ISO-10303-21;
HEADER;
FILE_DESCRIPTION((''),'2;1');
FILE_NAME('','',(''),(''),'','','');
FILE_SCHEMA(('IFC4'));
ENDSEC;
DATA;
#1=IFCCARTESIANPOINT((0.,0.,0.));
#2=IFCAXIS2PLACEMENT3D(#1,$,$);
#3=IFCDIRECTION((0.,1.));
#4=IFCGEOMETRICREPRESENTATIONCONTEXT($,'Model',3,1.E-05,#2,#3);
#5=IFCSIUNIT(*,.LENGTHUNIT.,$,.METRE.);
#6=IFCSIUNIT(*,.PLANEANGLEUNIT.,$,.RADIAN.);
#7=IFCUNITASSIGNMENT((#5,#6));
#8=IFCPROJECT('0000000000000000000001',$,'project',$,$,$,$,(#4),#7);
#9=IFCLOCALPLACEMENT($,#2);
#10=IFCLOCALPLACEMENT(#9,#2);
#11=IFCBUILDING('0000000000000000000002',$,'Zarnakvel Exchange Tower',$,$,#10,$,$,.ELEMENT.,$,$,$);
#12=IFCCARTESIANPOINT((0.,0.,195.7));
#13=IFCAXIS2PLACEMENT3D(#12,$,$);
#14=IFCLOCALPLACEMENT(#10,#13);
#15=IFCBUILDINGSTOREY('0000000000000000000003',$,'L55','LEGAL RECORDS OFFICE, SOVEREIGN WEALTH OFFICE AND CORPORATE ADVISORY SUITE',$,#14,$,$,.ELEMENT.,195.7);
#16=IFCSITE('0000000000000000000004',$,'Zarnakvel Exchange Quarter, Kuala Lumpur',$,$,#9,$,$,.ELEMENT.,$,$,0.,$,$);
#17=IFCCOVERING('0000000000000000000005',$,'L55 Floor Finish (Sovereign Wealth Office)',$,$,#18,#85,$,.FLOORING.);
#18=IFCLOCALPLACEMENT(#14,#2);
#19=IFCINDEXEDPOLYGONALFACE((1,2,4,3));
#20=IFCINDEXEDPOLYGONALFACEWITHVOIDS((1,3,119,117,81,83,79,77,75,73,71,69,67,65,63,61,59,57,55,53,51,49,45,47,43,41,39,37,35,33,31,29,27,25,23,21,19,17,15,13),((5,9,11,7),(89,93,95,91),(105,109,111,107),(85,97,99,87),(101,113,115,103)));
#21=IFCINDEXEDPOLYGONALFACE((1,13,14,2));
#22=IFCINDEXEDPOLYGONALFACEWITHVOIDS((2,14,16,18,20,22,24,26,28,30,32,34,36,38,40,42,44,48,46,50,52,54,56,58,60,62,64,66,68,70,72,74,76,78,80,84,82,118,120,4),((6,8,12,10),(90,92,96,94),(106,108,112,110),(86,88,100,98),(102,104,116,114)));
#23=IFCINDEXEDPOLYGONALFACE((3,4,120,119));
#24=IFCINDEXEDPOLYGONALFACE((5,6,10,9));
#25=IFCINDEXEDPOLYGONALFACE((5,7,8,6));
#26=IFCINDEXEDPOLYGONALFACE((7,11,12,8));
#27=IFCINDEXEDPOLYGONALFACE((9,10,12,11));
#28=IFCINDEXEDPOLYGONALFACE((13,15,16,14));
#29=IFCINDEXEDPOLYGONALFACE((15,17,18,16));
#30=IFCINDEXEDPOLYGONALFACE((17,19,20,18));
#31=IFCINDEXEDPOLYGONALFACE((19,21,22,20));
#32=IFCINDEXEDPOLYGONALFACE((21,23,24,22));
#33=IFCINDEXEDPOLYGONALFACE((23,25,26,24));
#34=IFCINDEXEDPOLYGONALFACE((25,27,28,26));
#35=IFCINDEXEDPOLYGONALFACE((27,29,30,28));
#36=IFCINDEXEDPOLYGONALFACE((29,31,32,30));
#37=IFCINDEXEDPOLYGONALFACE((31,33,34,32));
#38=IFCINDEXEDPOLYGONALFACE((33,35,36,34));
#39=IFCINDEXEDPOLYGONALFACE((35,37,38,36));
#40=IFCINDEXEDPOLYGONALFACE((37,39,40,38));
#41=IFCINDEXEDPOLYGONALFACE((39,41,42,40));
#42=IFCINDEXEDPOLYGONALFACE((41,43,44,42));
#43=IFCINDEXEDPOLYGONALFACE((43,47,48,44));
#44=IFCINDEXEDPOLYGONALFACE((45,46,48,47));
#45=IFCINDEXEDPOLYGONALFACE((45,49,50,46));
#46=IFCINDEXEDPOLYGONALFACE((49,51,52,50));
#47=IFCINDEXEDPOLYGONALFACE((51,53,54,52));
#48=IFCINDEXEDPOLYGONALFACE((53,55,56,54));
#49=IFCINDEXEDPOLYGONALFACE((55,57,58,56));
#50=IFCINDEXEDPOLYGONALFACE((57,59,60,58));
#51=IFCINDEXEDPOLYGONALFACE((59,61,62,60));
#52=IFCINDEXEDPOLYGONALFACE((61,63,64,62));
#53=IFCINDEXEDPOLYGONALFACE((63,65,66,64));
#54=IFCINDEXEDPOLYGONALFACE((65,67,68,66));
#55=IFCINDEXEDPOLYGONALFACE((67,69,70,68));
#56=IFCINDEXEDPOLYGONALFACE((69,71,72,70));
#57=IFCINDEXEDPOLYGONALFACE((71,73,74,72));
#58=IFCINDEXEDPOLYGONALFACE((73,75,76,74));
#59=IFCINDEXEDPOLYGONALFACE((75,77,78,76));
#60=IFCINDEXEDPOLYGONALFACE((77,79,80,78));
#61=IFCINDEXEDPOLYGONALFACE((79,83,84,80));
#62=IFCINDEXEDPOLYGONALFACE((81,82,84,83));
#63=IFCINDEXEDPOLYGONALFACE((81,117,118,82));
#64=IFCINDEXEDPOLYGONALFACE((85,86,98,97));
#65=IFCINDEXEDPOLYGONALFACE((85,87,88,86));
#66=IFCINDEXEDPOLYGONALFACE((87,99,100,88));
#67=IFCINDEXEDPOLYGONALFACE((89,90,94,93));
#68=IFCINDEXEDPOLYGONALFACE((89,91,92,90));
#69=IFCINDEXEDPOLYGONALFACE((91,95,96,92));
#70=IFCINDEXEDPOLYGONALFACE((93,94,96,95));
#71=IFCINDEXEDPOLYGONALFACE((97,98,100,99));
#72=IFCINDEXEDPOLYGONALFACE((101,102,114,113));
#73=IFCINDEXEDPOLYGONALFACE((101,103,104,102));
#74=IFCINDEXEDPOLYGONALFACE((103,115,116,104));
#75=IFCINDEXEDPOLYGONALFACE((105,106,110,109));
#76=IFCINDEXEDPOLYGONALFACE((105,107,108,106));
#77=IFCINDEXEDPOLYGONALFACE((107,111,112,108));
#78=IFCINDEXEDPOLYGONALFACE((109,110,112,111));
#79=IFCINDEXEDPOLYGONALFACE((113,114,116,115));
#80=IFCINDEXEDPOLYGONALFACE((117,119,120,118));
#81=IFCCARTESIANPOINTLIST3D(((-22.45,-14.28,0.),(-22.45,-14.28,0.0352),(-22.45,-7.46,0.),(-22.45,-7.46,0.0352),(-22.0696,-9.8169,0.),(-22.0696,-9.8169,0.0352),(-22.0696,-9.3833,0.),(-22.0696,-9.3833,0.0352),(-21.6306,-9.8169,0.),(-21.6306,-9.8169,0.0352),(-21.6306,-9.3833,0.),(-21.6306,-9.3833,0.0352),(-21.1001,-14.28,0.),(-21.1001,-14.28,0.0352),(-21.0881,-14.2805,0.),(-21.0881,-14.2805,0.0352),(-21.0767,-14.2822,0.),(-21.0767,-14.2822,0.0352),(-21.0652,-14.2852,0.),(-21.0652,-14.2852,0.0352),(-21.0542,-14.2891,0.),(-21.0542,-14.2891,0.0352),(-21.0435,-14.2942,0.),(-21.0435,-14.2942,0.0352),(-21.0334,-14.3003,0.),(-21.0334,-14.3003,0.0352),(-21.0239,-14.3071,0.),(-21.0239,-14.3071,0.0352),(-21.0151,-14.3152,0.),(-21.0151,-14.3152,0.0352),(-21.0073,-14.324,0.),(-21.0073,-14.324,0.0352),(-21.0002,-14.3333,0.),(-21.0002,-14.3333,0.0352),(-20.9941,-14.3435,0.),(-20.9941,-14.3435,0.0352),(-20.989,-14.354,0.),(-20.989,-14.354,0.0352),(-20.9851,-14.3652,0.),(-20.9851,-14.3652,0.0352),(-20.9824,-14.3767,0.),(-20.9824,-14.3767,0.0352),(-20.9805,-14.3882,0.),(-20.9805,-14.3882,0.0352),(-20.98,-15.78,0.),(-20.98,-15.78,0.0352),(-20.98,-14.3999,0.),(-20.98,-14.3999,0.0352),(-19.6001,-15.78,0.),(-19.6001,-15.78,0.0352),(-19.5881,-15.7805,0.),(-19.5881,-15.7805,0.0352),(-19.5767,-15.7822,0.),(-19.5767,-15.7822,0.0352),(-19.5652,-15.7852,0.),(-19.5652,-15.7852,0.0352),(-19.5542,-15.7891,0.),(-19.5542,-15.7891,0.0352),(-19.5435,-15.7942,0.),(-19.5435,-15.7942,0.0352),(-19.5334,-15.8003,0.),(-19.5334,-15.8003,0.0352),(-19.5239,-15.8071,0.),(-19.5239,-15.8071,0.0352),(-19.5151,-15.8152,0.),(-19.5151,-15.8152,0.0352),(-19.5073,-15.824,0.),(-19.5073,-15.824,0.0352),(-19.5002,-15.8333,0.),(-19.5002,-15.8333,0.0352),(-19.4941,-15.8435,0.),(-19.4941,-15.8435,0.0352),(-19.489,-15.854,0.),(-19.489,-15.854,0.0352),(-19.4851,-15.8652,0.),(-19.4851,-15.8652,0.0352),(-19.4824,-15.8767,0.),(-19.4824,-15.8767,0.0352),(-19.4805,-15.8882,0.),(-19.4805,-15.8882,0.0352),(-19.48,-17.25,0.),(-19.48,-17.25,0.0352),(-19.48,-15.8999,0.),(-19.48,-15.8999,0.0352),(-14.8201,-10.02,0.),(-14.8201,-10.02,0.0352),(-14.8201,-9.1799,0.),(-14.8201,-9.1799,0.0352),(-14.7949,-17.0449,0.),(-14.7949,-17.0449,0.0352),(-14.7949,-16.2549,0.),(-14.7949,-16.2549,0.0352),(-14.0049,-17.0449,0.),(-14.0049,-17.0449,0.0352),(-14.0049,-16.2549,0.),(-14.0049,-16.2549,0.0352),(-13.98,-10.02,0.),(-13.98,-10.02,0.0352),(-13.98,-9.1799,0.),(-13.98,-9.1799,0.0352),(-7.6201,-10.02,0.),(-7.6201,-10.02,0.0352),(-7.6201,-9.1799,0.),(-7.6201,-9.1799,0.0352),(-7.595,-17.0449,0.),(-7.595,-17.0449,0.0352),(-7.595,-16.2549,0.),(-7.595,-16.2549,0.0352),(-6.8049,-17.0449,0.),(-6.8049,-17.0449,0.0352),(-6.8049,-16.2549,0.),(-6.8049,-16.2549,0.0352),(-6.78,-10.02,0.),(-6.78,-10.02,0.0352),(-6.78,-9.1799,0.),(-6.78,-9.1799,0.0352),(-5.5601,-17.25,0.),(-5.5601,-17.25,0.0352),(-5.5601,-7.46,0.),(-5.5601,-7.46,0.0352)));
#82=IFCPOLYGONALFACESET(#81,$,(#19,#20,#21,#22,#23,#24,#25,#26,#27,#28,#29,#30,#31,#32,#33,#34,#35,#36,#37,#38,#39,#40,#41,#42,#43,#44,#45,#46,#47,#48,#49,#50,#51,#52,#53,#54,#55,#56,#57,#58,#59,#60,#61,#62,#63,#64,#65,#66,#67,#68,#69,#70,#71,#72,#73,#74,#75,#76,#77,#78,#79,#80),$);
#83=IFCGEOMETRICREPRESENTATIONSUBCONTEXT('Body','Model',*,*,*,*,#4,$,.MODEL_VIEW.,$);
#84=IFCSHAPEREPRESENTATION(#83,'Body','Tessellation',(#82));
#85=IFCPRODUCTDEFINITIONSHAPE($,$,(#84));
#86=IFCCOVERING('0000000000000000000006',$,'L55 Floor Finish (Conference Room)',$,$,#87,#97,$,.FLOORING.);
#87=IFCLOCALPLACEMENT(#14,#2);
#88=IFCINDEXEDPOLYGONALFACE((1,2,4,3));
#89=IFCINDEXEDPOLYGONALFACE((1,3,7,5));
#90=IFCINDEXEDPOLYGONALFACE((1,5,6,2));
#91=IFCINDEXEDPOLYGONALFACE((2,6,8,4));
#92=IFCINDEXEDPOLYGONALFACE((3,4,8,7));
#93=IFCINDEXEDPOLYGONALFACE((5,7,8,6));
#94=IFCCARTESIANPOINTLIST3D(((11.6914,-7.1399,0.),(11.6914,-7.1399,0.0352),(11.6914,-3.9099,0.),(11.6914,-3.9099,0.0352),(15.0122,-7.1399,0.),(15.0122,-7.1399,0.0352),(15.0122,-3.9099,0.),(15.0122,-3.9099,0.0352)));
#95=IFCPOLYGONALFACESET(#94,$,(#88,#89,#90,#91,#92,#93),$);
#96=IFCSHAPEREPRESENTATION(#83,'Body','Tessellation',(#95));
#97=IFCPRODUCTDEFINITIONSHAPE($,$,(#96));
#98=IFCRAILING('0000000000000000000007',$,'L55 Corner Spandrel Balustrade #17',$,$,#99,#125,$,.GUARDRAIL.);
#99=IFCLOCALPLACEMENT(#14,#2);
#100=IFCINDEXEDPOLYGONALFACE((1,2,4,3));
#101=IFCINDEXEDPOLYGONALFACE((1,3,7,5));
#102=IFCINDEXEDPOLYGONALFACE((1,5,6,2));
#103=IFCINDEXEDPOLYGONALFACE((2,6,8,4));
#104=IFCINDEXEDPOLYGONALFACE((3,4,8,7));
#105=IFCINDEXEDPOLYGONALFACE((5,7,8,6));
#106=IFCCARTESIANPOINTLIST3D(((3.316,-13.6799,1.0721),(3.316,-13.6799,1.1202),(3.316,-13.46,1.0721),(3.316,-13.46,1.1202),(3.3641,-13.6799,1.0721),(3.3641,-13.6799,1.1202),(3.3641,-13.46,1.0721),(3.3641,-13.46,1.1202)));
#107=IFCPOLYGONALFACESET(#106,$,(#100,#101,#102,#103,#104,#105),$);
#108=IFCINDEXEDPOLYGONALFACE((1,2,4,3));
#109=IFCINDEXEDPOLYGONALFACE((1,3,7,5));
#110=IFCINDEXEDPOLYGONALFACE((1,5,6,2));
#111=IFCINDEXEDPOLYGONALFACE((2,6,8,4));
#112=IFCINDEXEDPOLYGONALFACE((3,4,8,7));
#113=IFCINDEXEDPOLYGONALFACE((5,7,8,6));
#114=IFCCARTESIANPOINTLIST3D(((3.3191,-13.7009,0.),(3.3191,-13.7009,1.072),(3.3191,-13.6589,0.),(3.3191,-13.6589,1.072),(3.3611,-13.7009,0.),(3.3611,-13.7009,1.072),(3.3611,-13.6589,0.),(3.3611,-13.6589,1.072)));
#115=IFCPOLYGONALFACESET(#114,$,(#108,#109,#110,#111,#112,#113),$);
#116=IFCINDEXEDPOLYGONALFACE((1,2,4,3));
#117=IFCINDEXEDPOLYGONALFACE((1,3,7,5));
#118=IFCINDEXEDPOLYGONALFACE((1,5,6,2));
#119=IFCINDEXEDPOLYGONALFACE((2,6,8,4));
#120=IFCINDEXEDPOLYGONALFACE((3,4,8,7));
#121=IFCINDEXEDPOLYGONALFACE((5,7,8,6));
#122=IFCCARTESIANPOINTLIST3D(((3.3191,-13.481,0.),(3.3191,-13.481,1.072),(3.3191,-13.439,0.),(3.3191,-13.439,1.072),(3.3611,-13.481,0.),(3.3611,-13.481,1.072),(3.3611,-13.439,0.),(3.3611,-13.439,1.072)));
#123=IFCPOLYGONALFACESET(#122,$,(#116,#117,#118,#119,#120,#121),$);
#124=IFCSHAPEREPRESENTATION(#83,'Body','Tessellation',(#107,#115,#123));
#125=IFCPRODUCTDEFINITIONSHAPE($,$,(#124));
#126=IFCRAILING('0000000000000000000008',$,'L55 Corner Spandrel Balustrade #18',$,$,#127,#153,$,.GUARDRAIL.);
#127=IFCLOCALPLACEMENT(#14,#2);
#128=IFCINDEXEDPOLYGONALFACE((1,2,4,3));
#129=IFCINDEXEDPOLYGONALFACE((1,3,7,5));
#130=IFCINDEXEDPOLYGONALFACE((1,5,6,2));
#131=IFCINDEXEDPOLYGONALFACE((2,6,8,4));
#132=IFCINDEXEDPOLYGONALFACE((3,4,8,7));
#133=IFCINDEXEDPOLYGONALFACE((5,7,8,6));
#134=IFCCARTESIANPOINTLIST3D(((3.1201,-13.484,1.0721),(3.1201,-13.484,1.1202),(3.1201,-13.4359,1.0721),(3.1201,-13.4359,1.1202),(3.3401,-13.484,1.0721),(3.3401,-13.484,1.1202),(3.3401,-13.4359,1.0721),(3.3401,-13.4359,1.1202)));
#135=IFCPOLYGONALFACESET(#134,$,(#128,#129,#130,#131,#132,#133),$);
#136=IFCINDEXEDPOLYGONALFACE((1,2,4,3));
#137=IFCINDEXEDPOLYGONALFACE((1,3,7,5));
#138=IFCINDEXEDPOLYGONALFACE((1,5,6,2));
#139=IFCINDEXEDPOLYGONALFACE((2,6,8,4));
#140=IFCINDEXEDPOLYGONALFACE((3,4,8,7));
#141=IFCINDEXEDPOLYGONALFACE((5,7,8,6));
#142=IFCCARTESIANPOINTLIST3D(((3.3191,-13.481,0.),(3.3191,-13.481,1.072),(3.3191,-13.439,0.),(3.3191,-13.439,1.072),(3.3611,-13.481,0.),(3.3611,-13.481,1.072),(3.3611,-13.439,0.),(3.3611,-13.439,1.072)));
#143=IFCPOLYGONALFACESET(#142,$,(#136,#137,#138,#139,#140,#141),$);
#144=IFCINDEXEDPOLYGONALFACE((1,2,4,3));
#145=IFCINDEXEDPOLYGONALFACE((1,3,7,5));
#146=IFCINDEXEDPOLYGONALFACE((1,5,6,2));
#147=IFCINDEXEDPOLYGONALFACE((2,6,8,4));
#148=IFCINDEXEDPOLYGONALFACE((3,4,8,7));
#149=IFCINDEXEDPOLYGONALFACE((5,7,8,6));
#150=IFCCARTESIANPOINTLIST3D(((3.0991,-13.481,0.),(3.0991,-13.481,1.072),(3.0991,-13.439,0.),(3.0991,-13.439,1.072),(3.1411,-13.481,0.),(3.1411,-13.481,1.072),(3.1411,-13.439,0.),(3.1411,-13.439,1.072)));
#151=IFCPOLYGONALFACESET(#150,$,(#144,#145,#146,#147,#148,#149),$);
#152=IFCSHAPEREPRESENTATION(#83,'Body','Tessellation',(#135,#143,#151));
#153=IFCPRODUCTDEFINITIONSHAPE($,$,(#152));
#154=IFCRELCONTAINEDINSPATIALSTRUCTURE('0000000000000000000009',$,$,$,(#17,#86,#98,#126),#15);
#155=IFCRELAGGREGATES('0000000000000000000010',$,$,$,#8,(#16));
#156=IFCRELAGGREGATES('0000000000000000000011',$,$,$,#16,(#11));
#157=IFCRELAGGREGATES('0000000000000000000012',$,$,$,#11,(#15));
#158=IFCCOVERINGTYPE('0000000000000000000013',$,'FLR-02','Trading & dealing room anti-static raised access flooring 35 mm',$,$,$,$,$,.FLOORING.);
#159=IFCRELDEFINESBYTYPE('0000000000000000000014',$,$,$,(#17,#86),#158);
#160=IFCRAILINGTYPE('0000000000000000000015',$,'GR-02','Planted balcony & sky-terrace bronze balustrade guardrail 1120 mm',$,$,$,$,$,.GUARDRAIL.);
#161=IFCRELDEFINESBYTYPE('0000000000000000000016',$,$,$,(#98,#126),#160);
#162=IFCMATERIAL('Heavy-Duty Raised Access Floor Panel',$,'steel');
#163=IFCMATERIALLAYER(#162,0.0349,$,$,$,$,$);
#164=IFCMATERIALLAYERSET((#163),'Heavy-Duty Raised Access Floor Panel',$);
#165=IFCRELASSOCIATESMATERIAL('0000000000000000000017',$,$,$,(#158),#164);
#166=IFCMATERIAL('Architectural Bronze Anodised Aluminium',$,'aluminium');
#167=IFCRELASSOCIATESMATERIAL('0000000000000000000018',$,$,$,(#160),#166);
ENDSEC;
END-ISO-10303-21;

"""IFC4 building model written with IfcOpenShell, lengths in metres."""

from ifc_helpers import new_model, si_unit, direction, frame, origin, origin_2d, place, context, subcontext, project, spatial, polyline, rectangle, outline, extrude, material, layer, layer_set, type_object, element, save


model = new_model("IFC4")

# Units and contexts
model_context = context("Model", 3, precision=1e-05, world=origin(), true_north=direction((0.0, 1.0)))
body_context = subcontext(model_context, "Body", "Model", "MODEL_VIEW")
ifc_project = project(units=[si_unit("LENGTHUNIT", "METRE"), si_unit("PLANEANGLEUNIT", "RADIAN")], contexts=[model_context])

# Site, building, storey
site_placement = place(None, origin())
site = spatial("IfcSite", under=ifc_project, at=site_placement, Name="Zarnakvel Exchange Quarter, Kuala Lumpur", CompositionType="ELEMENT", RefElevation=0.0)
building_placement = place(site_placement, origin())
building = spatial("IfcBuilding", under=site, at=building_placement, Name="Zarnakvel Exchange Tower", CompositionType="ELEMENT")
storey_placement = place(building_placement, frame((0.0, 0.0, 195.7)))
storey = spatial("IfcBuildingStorey", under=building, at=storey_placement, Name="L55", Description="LEGAL RECORDS OFFICE, SOVEREIGN WEALTH OFFICE AND CORPORATE ADVISORY SUITE", CompositionType="ELEMENT", Elevation=195.7)

# Shared definitions
ifc_material_1 = material(Name="Architectural Bronze Anodised Aluminium", Category="aluminium")

# Coverings
ifc_material_2 = material(Name="Heavy-Duty Raised Access Floor Panel", Category="steel")
ifc_layer_1 = layer(ifc_material_2, 0.0349)
ifc_layer_set_1 = layer_set([ifc_layer_1], Name="Heavy-Duty Raised Access Floor Panel")
covering_type_1 = type_object("IfcCoveringType", Name="FLR-02", Description="Trading & dealing room anti-static raised access flooring 35 mm", PredefinedType="FLOORING", material=ifc_layer_set_1)
covering_1_placement = place(storey_placement, origin())
element("IfcCovering", 1, at=covering_1_placement, inside=storey, type_object=covering_type_1, Name="L55 Floor Finish (Sovereign Wealth Office)", PredefinedType="FLOORING", context=body_context, shape_type="SweptSolid", body=[
    extrude(outline(polyline([(-5.5601, -7.46), (-5.5601, -17.25), (-19.48, -17.25), (-19.48, -15.8999), (-19.4805, -15.8882), (-19.4824, -15.8767), (-19.4851, -15.8652), (-19.489, -15.854), (-19.4941, -15.8435), (-19.5002, -15.8333), (-19.5073, -15.824), (-19.5151, -15.8152), (-19.5239, -15.8071), (-19.5334, -15.8003), (-19.5435, -15.7942), (-19.5542, -15.7891), (-19.5652, -15.7852), (-19.5767, -15.7822), (-19.5881, -15.7805), (-19.6001, -15.78), (-20.98, -15.78), (-20.98, -14.3999), (-20.9805, -14.3882), (-20.9824, -14.3767), (-20.9851, -14.3652), (-20.989, -14.354), (-20.9941, -14.3435), (-21.0002, -14.3333), (-21.0073, -14.324), (-21.0151, -14.3152), (-21.0239, -14.3071), (-21.0334, -14.3003), (-21.0435, -14.2942), (-21.0542, -14.2891), (-21.0652, -14.2852), (-21.0767, -14.2822), (-21.0881, -14.2805), (-21.1001, -14.28), (-22.45, -14.28), (-22.45, -7.46), (-5.5601, -7.46)]), holes=[polyline([(-6.78, -10.02), (-6.78, -9.1799), (-7.6201, -9.1799), (-7.6201, -10.02), (-6.78, -10.02)]), polyline([(-6.8049, -17.0449), (-6.8049, -16.2549), (-7.595, -16.2549), (-7.595, -17.0449), (-6.8049, -17.0449)]), polyline([(-13.98, -10.02), (-13.98, -9.1799), (-14.8201, -9.1799), (-14.8201, -10.02), (-13.98, -10.02)]), polyline([(-14.0049, -16.2549), (-14.7949, -16.2549), (-14.7949, -17.0449), (-14.0049, -17.0449), (-14.0049, -16.2549)]), polyline([(-21.6306, -9.8169), (-21.6306, -9.3833), (-22.0696, -9.3833), (-22.0696, -9.8169), (-21.6306, -9.8169)])]), origin(), (0.0, 0.0, 1.0), 0.0352),
])
covering_2_placement = place(storey_placement, origin())
element("IfcCovering", 2, at=covering_2_placement, inside=storey, type_object=covering_type_1, Name="L55 Floor Finish (Conference Room)", PredefinedType="FLOORING", context=body_context, shape_type="SweptSolid", body=[
    extrude(outline(polyline([(11.6914, -3.9099), (15.0122, -3.9099), (15.0122, -7.1399), (11.6914, -7.1399), (11.6914, -3.9099)])), origin(), (0.0, 0.0, 1.0), 0.0352),
])

# Railings
railing_type = type_object("IfcRailingType", Name="GR-02", Description="Planted balcony & sky-terrace bronze balustrade guardrail 1120 mm", PredefinedType="GUARDRAIL", material=ifc_material_1)
railing_1_placement = place(storey_placement, frame((3.3401, -13.6799, 0.0)))
element("IfcRailing", 3, at=railing_1_placement, inside=storey, type_object=railing_type, Name="L55 Corner Spandrel Balustrade #17", PredefinedType="GUARDRAIL", context=body_context, shape_type="SweptSolid", body=[
    extrude(rectangle(XDim=0.0481, YDim=0.0481, at=origin_2d()), frame((0.0, 0.0, 1.0962), z_axis=(0.0, 1.0, 0.0), x_axis=(-1.0, 0.0, 0.0)), (0.0, 0.0, 1.0), 0.22),
    extrude(rectangle(XDim=0.042, YDim=0.042, at=origin_2d()), origin(), (0.0, 0.0, 1.0), 1.072),
    extrude(rectangle(XDim=0.042, YDim=0.042, at=origin_2d()), frame((0.0, 0.22, 0.0)), (0.0, 0.0, 1.0), 1.072),
])
railing_2_placement = place(storey_placement, frame((3.3401, -13.46, 0.0)))
element("IfcRailing", 4, at=railing_2_placement, inside=storey, type_object=railing_type, Name="L55 Corner Spandrel Balustrade #18", PredefinedType="GUARDRAIL", context=body_context, shape_type="SweptSolid", body=[
    extrude(rectangle(XDim=0.0481, YDim=0.0481, at=origin_2d()), frame((0.0, 0.0, 1.0962), z_axis=(-1.0, 0.0, 0.0), x_axis=(0.0, -1.0, 0.0)), (0.0, 0.0, 1.0), 0.22),
    extrude(rectangle(XDim=0.042, YDim=0.042, at=origin_2d()), origin(), (0.0, 0.0, 1.0), 1.072),
    extrude(rectangle(XDim=0.042, YDim=0.042, at=origin_2d()), frame((-0.22, 0.0, 0.0)), (0.0, 0.0, 1.0), 1.072),
])

save(model, "model.ifc")
